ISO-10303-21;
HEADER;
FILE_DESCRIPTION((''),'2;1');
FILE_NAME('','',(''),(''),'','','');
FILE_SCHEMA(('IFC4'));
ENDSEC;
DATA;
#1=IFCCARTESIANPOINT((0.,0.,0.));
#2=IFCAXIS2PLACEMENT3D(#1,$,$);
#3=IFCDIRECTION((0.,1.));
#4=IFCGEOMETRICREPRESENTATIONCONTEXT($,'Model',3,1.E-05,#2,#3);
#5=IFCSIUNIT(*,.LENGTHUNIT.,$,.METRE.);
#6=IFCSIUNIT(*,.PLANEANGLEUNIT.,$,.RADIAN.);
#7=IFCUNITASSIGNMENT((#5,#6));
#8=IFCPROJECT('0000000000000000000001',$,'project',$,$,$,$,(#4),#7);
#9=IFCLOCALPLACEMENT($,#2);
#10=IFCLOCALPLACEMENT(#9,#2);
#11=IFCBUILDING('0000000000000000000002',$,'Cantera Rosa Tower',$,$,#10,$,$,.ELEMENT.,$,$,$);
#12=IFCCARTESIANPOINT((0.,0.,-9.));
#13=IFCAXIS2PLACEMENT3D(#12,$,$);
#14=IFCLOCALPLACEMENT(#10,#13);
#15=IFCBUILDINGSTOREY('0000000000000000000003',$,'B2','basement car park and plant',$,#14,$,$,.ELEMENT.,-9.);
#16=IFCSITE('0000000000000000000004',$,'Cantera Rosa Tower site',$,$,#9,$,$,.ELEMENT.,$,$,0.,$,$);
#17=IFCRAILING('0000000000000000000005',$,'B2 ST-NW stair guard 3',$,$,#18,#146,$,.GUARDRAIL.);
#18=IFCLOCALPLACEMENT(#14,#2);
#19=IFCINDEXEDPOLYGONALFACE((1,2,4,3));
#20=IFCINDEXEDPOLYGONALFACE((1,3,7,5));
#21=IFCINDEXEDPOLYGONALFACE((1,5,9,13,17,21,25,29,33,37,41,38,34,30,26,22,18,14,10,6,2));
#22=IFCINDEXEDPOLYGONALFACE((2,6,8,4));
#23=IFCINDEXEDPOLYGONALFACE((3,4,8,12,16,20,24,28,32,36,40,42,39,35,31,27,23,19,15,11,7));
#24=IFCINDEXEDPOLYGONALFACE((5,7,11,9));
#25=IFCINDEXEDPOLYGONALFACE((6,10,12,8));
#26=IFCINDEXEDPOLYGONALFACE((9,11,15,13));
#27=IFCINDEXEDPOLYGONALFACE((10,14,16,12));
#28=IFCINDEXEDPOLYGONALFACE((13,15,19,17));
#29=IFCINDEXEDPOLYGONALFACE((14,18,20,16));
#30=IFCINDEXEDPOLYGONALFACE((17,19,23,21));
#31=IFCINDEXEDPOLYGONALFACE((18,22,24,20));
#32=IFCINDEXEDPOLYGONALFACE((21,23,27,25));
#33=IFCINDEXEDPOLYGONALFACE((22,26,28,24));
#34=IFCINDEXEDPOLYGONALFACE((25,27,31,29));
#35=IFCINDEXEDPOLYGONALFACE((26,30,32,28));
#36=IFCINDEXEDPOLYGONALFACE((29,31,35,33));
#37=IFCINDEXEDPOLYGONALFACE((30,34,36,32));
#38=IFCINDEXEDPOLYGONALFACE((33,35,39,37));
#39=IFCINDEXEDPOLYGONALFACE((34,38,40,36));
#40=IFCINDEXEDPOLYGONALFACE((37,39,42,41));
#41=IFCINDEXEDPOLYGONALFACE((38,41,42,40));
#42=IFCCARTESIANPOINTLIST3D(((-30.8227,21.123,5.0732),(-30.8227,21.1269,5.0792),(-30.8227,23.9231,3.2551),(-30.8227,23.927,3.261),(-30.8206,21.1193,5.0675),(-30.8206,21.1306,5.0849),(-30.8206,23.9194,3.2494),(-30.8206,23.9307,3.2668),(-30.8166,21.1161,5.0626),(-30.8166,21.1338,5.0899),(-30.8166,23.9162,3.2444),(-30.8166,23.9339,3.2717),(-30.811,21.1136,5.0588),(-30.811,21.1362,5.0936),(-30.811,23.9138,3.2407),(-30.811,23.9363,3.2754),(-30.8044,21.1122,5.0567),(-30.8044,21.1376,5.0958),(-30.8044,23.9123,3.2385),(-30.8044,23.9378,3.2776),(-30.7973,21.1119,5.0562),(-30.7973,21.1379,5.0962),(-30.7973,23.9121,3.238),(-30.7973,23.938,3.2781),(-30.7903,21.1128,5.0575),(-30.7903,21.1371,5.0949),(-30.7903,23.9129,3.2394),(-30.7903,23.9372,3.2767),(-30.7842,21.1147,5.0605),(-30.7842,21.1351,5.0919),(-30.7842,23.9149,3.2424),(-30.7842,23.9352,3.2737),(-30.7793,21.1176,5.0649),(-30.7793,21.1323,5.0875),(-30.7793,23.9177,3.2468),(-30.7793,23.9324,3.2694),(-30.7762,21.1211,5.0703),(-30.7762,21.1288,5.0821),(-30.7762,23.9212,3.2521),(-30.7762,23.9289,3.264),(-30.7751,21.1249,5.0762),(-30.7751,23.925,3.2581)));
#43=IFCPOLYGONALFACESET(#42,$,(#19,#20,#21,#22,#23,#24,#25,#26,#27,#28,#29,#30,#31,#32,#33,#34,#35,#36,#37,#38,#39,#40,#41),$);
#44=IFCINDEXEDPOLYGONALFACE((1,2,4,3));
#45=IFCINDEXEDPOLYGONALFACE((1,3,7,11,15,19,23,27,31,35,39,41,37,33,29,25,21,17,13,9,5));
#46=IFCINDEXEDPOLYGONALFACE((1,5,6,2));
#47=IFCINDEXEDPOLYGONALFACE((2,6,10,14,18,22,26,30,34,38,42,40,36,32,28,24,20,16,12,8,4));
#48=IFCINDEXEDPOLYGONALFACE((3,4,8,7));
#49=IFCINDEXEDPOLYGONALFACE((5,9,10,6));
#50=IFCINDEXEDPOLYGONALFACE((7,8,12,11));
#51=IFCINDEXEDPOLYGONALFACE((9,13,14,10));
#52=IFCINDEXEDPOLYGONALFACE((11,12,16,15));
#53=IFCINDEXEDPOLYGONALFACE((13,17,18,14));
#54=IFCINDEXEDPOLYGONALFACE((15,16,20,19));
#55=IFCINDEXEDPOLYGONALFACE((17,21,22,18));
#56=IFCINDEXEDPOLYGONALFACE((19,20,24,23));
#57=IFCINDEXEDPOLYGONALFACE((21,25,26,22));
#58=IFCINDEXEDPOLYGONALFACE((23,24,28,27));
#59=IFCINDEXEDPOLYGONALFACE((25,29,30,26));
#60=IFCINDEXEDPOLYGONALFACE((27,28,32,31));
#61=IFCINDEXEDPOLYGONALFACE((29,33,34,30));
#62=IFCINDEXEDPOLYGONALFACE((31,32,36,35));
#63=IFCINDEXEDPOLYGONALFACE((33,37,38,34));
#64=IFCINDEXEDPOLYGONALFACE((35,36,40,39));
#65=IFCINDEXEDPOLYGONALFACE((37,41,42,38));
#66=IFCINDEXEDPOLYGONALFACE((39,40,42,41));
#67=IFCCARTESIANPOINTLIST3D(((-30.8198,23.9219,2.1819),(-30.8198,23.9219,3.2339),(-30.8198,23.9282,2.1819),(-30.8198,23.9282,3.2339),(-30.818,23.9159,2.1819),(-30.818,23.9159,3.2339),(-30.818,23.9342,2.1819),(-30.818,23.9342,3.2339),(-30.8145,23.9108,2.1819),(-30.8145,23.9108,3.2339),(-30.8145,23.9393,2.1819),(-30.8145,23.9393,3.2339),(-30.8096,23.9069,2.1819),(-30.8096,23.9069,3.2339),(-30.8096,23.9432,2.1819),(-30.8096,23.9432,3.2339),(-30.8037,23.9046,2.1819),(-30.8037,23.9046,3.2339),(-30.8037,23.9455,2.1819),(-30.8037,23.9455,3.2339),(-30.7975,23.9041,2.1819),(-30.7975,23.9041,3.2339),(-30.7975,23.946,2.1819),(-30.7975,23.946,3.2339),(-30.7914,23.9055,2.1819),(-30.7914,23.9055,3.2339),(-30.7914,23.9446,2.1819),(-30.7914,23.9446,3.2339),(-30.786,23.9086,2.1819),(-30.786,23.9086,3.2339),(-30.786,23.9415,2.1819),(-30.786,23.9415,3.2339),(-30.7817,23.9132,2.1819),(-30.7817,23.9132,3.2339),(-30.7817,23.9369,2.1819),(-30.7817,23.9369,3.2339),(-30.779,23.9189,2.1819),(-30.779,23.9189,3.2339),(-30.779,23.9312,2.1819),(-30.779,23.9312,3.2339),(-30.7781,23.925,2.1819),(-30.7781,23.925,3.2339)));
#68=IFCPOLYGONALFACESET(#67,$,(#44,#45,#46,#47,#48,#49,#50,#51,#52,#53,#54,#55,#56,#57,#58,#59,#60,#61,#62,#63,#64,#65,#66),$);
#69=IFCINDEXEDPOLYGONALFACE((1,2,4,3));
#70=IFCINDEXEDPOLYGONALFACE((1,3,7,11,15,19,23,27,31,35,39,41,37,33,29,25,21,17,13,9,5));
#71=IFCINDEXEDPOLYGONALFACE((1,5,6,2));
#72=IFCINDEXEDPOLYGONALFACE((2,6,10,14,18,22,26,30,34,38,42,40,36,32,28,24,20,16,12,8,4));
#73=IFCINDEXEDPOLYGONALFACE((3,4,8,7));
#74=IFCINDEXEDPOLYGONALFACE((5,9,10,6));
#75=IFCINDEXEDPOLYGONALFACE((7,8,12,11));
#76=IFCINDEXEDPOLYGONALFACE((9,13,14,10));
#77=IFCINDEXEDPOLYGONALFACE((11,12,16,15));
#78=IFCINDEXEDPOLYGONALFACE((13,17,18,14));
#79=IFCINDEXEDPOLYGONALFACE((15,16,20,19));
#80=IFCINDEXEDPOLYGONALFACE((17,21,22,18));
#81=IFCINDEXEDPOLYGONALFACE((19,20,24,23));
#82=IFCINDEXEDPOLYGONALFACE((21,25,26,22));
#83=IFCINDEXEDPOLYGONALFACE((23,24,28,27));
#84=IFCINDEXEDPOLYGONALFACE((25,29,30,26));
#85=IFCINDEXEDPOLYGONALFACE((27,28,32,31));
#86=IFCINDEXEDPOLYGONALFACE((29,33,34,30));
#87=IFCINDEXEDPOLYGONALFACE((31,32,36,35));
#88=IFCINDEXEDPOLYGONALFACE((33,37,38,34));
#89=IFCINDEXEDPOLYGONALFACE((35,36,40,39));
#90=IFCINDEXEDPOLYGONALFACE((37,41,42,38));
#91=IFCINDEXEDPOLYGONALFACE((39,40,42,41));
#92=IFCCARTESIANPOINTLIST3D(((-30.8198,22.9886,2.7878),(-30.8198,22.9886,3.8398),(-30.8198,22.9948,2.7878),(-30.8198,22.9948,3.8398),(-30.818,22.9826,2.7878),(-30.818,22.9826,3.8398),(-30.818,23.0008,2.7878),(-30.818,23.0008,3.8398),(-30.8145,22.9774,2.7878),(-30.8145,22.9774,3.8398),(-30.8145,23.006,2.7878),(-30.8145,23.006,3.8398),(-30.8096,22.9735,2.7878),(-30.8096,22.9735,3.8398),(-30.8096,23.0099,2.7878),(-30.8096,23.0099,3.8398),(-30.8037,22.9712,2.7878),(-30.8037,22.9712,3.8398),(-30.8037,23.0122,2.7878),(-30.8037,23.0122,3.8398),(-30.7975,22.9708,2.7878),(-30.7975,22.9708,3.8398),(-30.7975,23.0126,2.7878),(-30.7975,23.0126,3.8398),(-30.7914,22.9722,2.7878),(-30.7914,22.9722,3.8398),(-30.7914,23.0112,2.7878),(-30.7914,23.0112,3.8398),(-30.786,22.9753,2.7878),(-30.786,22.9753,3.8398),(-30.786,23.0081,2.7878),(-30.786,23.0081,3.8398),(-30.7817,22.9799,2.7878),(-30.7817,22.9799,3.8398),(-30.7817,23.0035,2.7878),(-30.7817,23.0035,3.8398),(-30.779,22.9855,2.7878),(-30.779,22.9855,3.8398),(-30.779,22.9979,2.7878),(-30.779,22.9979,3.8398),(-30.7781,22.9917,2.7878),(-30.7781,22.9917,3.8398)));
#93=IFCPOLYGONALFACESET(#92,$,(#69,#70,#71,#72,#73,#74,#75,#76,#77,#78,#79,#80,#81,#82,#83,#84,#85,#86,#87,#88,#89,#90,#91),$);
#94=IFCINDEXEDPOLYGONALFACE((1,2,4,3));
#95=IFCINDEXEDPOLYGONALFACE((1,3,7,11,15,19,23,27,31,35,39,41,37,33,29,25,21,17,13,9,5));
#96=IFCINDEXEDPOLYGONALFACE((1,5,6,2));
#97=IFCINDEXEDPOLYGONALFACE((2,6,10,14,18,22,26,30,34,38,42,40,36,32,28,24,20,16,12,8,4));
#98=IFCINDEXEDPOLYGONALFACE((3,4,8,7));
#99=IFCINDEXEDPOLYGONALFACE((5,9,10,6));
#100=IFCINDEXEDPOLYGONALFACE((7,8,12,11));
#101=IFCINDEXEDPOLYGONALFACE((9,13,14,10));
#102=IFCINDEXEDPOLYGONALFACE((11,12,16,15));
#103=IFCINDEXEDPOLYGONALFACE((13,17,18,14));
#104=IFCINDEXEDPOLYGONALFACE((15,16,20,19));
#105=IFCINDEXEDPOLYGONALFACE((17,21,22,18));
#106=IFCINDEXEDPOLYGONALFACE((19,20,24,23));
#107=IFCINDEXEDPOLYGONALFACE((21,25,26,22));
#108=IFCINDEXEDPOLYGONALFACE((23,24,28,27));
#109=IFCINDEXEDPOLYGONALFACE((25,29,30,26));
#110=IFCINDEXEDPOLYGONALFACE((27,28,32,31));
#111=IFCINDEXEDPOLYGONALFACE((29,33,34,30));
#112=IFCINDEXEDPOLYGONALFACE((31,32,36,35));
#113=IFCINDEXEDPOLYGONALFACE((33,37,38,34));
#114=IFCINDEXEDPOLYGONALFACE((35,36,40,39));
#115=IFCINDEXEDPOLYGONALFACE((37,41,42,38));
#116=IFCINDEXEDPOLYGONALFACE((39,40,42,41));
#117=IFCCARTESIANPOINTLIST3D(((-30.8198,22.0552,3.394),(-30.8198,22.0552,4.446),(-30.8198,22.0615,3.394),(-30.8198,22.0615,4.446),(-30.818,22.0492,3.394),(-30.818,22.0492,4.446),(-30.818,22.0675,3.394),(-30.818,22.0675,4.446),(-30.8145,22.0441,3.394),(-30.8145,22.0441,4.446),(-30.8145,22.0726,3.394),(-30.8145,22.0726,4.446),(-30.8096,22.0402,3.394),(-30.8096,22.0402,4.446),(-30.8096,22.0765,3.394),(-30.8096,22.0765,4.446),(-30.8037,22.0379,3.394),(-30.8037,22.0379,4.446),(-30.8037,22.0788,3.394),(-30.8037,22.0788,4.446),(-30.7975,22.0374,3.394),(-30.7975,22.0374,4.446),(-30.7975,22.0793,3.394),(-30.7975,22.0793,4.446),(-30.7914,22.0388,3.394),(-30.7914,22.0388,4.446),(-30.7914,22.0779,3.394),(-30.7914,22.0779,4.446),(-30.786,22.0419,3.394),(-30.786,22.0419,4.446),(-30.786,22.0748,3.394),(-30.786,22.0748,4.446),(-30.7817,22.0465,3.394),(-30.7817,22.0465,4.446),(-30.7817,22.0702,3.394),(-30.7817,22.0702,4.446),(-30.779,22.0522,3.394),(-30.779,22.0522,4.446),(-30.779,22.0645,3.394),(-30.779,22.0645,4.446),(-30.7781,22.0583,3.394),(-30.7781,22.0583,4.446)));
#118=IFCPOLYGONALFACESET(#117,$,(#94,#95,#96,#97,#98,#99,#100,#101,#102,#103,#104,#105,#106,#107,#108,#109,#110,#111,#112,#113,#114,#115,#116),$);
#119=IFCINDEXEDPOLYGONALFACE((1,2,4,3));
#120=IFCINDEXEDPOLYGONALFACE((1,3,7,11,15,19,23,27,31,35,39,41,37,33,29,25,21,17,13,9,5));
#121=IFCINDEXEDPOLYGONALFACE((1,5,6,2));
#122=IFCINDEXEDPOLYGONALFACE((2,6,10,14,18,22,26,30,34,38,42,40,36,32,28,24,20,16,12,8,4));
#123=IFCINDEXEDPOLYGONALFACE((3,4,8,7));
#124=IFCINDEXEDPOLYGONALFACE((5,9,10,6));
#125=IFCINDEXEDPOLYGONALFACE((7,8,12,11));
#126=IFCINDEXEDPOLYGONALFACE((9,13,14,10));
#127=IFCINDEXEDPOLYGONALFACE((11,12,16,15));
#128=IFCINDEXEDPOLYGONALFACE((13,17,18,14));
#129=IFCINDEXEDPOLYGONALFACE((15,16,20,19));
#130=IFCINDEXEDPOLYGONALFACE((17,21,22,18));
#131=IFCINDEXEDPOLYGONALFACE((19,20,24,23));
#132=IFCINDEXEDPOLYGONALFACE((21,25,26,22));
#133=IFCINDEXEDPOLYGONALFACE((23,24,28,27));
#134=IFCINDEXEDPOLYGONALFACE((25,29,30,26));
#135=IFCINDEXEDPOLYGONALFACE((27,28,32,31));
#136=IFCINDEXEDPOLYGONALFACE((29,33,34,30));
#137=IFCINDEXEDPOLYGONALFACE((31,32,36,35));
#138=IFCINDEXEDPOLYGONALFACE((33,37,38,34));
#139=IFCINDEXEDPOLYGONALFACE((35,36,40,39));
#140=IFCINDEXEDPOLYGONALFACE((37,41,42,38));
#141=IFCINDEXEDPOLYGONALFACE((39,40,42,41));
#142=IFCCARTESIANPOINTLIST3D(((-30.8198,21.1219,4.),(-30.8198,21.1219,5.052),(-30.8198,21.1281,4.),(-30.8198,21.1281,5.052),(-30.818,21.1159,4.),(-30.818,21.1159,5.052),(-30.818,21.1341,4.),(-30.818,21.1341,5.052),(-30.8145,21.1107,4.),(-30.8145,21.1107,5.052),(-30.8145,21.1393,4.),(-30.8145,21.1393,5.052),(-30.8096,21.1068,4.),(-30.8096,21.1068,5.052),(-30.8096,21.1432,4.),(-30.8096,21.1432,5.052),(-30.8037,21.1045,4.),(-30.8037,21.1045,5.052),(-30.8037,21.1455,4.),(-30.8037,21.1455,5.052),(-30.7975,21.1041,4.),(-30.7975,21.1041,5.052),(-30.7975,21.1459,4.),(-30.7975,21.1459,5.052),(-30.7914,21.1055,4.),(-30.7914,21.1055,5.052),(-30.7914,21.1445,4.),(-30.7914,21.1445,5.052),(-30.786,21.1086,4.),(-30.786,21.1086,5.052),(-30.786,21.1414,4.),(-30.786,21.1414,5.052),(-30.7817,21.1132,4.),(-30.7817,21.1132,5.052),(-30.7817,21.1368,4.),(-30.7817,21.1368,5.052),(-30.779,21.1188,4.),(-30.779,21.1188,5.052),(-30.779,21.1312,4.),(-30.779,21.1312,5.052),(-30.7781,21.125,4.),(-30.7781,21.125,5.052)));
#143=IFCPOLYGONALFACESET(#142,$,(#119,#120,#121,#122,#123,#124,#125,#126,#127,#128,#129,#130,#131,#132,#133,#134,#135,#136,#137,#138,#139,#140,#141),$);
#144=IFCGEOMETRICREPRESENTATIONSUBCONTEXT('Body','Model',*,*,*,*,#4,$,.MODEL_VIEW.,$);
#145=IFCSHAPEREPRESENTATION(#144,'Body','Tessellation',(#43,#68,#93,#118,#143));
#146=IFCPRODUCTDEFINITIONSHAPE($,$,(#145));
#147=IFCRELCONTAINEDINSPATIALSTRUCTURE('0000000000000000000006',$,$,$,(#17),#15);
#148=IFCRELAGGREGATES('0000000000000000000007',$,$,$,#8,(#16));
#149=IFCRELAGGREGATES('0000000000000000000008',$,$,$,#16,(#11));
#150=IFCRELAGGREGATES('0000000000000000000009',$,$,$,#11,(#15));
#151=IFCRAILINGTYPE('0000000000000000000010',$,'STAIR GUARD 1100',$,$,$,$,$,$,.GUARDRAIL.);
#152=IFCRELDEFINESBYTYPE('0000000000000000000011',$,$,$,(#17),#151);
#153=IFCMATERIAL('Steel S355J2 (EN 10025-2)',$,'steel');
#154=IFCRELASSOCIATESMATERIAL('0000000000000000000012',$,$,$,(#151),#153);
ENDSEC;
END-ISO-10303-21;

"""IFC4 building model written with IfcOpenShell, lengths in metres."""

from ifc_helpers import new_model, si_unit, direction, frame, origin, origin_2d, place, context, subcontext, project, spatial, circle, extrude, material, type_object, element, save


model = new_model("IFC4")

# Units and contexts
model_context = context("Model", 3, precision=1e-05, world=origin(), true_north=direction((0.0, 1.0)))
body_context = subcontext(model_context, "Body", "Model", "MODEL_VIEW")
ifc_project = project(units=[si_unit("LENGTHUNIT", "METRE"), si_unit("PLANEANGLEUNIT", "RADIAN")], contexts=[model_context])

# Site, building, storey
site_placement = place(None, origin())
site = spatial("IfcSite", under=ifc_project, at=site_placement, Name="Cantera Rosa Tower site", CompositionType="ELEMENT", RefElevation=0.0)
building_placement = place(site_placement, origin())
building = spatial("IfcBuilding", under=site, at=building_placement, Name="Cantera Rosa Tower", CompositionType="ELEMENT")
storey_placement = place(building_placement, frame((0.0, 0.0, -9.0)))
storey = spatial("IfcBuildingStorey", under=building, at=storey_placement, Name="B2", Description="basement car park and plant", CompositionType="ELEMENT", Elevation=-9.0)

# Railing
ifc_material_1 = material(Name="Steel S355J2 (EN 10025-2)", Category="steel")
railing_type_1 = type_object("IfcRailingType", Name="STAIR GUARD 1100", PredefinedType="GUARDRAIL", material=ifc_material_1)
railing_1_placement = place(storey_placement, frame((-30.7991, 23.925, 2.1819)))
element("IfcRailing", 1, at=railing_1_placement, inside=storey, type_object=railing_type_1, Name="B2 ST-NW stair guard 3", PredefinedType="GUARDRAIL", context=body_context, shape_type="SweptSolid", body=[
    extrude(circle(Radius=0.0239, at=origin_2d()), frame((0.0, 0.0, 1.0762), z_axis=(0.0, -0.838706, 0.544585), x_axis=(1.0, 0.0, 0.0)), (0.0, 0.0, 1.0), 3.3386),
    extrude(circle(Radius=0.021, at=origin_2d()), origin(), (0.0, 0.0, 1.0), 1.052),
    extrude(circle(Radius=0.021, at=origin_2d()), frame((0.0, -0.9333, 0.606)), (0.0, 0.0, 1.0), 1.052),
    extrude(circle(Radius=0.021, at=origin_2d()), frame((0.0, -1.8667, 1.2122)), (0.0, 0.0, 1.0), 1.052),
    extrude(circle(Radius=0.021, at=origin_2d()), frame((0.0, -2.8, 1.8181)), (0.0, 0.0, 1.0), 1.052),
])

save(model, "model.ifc")
